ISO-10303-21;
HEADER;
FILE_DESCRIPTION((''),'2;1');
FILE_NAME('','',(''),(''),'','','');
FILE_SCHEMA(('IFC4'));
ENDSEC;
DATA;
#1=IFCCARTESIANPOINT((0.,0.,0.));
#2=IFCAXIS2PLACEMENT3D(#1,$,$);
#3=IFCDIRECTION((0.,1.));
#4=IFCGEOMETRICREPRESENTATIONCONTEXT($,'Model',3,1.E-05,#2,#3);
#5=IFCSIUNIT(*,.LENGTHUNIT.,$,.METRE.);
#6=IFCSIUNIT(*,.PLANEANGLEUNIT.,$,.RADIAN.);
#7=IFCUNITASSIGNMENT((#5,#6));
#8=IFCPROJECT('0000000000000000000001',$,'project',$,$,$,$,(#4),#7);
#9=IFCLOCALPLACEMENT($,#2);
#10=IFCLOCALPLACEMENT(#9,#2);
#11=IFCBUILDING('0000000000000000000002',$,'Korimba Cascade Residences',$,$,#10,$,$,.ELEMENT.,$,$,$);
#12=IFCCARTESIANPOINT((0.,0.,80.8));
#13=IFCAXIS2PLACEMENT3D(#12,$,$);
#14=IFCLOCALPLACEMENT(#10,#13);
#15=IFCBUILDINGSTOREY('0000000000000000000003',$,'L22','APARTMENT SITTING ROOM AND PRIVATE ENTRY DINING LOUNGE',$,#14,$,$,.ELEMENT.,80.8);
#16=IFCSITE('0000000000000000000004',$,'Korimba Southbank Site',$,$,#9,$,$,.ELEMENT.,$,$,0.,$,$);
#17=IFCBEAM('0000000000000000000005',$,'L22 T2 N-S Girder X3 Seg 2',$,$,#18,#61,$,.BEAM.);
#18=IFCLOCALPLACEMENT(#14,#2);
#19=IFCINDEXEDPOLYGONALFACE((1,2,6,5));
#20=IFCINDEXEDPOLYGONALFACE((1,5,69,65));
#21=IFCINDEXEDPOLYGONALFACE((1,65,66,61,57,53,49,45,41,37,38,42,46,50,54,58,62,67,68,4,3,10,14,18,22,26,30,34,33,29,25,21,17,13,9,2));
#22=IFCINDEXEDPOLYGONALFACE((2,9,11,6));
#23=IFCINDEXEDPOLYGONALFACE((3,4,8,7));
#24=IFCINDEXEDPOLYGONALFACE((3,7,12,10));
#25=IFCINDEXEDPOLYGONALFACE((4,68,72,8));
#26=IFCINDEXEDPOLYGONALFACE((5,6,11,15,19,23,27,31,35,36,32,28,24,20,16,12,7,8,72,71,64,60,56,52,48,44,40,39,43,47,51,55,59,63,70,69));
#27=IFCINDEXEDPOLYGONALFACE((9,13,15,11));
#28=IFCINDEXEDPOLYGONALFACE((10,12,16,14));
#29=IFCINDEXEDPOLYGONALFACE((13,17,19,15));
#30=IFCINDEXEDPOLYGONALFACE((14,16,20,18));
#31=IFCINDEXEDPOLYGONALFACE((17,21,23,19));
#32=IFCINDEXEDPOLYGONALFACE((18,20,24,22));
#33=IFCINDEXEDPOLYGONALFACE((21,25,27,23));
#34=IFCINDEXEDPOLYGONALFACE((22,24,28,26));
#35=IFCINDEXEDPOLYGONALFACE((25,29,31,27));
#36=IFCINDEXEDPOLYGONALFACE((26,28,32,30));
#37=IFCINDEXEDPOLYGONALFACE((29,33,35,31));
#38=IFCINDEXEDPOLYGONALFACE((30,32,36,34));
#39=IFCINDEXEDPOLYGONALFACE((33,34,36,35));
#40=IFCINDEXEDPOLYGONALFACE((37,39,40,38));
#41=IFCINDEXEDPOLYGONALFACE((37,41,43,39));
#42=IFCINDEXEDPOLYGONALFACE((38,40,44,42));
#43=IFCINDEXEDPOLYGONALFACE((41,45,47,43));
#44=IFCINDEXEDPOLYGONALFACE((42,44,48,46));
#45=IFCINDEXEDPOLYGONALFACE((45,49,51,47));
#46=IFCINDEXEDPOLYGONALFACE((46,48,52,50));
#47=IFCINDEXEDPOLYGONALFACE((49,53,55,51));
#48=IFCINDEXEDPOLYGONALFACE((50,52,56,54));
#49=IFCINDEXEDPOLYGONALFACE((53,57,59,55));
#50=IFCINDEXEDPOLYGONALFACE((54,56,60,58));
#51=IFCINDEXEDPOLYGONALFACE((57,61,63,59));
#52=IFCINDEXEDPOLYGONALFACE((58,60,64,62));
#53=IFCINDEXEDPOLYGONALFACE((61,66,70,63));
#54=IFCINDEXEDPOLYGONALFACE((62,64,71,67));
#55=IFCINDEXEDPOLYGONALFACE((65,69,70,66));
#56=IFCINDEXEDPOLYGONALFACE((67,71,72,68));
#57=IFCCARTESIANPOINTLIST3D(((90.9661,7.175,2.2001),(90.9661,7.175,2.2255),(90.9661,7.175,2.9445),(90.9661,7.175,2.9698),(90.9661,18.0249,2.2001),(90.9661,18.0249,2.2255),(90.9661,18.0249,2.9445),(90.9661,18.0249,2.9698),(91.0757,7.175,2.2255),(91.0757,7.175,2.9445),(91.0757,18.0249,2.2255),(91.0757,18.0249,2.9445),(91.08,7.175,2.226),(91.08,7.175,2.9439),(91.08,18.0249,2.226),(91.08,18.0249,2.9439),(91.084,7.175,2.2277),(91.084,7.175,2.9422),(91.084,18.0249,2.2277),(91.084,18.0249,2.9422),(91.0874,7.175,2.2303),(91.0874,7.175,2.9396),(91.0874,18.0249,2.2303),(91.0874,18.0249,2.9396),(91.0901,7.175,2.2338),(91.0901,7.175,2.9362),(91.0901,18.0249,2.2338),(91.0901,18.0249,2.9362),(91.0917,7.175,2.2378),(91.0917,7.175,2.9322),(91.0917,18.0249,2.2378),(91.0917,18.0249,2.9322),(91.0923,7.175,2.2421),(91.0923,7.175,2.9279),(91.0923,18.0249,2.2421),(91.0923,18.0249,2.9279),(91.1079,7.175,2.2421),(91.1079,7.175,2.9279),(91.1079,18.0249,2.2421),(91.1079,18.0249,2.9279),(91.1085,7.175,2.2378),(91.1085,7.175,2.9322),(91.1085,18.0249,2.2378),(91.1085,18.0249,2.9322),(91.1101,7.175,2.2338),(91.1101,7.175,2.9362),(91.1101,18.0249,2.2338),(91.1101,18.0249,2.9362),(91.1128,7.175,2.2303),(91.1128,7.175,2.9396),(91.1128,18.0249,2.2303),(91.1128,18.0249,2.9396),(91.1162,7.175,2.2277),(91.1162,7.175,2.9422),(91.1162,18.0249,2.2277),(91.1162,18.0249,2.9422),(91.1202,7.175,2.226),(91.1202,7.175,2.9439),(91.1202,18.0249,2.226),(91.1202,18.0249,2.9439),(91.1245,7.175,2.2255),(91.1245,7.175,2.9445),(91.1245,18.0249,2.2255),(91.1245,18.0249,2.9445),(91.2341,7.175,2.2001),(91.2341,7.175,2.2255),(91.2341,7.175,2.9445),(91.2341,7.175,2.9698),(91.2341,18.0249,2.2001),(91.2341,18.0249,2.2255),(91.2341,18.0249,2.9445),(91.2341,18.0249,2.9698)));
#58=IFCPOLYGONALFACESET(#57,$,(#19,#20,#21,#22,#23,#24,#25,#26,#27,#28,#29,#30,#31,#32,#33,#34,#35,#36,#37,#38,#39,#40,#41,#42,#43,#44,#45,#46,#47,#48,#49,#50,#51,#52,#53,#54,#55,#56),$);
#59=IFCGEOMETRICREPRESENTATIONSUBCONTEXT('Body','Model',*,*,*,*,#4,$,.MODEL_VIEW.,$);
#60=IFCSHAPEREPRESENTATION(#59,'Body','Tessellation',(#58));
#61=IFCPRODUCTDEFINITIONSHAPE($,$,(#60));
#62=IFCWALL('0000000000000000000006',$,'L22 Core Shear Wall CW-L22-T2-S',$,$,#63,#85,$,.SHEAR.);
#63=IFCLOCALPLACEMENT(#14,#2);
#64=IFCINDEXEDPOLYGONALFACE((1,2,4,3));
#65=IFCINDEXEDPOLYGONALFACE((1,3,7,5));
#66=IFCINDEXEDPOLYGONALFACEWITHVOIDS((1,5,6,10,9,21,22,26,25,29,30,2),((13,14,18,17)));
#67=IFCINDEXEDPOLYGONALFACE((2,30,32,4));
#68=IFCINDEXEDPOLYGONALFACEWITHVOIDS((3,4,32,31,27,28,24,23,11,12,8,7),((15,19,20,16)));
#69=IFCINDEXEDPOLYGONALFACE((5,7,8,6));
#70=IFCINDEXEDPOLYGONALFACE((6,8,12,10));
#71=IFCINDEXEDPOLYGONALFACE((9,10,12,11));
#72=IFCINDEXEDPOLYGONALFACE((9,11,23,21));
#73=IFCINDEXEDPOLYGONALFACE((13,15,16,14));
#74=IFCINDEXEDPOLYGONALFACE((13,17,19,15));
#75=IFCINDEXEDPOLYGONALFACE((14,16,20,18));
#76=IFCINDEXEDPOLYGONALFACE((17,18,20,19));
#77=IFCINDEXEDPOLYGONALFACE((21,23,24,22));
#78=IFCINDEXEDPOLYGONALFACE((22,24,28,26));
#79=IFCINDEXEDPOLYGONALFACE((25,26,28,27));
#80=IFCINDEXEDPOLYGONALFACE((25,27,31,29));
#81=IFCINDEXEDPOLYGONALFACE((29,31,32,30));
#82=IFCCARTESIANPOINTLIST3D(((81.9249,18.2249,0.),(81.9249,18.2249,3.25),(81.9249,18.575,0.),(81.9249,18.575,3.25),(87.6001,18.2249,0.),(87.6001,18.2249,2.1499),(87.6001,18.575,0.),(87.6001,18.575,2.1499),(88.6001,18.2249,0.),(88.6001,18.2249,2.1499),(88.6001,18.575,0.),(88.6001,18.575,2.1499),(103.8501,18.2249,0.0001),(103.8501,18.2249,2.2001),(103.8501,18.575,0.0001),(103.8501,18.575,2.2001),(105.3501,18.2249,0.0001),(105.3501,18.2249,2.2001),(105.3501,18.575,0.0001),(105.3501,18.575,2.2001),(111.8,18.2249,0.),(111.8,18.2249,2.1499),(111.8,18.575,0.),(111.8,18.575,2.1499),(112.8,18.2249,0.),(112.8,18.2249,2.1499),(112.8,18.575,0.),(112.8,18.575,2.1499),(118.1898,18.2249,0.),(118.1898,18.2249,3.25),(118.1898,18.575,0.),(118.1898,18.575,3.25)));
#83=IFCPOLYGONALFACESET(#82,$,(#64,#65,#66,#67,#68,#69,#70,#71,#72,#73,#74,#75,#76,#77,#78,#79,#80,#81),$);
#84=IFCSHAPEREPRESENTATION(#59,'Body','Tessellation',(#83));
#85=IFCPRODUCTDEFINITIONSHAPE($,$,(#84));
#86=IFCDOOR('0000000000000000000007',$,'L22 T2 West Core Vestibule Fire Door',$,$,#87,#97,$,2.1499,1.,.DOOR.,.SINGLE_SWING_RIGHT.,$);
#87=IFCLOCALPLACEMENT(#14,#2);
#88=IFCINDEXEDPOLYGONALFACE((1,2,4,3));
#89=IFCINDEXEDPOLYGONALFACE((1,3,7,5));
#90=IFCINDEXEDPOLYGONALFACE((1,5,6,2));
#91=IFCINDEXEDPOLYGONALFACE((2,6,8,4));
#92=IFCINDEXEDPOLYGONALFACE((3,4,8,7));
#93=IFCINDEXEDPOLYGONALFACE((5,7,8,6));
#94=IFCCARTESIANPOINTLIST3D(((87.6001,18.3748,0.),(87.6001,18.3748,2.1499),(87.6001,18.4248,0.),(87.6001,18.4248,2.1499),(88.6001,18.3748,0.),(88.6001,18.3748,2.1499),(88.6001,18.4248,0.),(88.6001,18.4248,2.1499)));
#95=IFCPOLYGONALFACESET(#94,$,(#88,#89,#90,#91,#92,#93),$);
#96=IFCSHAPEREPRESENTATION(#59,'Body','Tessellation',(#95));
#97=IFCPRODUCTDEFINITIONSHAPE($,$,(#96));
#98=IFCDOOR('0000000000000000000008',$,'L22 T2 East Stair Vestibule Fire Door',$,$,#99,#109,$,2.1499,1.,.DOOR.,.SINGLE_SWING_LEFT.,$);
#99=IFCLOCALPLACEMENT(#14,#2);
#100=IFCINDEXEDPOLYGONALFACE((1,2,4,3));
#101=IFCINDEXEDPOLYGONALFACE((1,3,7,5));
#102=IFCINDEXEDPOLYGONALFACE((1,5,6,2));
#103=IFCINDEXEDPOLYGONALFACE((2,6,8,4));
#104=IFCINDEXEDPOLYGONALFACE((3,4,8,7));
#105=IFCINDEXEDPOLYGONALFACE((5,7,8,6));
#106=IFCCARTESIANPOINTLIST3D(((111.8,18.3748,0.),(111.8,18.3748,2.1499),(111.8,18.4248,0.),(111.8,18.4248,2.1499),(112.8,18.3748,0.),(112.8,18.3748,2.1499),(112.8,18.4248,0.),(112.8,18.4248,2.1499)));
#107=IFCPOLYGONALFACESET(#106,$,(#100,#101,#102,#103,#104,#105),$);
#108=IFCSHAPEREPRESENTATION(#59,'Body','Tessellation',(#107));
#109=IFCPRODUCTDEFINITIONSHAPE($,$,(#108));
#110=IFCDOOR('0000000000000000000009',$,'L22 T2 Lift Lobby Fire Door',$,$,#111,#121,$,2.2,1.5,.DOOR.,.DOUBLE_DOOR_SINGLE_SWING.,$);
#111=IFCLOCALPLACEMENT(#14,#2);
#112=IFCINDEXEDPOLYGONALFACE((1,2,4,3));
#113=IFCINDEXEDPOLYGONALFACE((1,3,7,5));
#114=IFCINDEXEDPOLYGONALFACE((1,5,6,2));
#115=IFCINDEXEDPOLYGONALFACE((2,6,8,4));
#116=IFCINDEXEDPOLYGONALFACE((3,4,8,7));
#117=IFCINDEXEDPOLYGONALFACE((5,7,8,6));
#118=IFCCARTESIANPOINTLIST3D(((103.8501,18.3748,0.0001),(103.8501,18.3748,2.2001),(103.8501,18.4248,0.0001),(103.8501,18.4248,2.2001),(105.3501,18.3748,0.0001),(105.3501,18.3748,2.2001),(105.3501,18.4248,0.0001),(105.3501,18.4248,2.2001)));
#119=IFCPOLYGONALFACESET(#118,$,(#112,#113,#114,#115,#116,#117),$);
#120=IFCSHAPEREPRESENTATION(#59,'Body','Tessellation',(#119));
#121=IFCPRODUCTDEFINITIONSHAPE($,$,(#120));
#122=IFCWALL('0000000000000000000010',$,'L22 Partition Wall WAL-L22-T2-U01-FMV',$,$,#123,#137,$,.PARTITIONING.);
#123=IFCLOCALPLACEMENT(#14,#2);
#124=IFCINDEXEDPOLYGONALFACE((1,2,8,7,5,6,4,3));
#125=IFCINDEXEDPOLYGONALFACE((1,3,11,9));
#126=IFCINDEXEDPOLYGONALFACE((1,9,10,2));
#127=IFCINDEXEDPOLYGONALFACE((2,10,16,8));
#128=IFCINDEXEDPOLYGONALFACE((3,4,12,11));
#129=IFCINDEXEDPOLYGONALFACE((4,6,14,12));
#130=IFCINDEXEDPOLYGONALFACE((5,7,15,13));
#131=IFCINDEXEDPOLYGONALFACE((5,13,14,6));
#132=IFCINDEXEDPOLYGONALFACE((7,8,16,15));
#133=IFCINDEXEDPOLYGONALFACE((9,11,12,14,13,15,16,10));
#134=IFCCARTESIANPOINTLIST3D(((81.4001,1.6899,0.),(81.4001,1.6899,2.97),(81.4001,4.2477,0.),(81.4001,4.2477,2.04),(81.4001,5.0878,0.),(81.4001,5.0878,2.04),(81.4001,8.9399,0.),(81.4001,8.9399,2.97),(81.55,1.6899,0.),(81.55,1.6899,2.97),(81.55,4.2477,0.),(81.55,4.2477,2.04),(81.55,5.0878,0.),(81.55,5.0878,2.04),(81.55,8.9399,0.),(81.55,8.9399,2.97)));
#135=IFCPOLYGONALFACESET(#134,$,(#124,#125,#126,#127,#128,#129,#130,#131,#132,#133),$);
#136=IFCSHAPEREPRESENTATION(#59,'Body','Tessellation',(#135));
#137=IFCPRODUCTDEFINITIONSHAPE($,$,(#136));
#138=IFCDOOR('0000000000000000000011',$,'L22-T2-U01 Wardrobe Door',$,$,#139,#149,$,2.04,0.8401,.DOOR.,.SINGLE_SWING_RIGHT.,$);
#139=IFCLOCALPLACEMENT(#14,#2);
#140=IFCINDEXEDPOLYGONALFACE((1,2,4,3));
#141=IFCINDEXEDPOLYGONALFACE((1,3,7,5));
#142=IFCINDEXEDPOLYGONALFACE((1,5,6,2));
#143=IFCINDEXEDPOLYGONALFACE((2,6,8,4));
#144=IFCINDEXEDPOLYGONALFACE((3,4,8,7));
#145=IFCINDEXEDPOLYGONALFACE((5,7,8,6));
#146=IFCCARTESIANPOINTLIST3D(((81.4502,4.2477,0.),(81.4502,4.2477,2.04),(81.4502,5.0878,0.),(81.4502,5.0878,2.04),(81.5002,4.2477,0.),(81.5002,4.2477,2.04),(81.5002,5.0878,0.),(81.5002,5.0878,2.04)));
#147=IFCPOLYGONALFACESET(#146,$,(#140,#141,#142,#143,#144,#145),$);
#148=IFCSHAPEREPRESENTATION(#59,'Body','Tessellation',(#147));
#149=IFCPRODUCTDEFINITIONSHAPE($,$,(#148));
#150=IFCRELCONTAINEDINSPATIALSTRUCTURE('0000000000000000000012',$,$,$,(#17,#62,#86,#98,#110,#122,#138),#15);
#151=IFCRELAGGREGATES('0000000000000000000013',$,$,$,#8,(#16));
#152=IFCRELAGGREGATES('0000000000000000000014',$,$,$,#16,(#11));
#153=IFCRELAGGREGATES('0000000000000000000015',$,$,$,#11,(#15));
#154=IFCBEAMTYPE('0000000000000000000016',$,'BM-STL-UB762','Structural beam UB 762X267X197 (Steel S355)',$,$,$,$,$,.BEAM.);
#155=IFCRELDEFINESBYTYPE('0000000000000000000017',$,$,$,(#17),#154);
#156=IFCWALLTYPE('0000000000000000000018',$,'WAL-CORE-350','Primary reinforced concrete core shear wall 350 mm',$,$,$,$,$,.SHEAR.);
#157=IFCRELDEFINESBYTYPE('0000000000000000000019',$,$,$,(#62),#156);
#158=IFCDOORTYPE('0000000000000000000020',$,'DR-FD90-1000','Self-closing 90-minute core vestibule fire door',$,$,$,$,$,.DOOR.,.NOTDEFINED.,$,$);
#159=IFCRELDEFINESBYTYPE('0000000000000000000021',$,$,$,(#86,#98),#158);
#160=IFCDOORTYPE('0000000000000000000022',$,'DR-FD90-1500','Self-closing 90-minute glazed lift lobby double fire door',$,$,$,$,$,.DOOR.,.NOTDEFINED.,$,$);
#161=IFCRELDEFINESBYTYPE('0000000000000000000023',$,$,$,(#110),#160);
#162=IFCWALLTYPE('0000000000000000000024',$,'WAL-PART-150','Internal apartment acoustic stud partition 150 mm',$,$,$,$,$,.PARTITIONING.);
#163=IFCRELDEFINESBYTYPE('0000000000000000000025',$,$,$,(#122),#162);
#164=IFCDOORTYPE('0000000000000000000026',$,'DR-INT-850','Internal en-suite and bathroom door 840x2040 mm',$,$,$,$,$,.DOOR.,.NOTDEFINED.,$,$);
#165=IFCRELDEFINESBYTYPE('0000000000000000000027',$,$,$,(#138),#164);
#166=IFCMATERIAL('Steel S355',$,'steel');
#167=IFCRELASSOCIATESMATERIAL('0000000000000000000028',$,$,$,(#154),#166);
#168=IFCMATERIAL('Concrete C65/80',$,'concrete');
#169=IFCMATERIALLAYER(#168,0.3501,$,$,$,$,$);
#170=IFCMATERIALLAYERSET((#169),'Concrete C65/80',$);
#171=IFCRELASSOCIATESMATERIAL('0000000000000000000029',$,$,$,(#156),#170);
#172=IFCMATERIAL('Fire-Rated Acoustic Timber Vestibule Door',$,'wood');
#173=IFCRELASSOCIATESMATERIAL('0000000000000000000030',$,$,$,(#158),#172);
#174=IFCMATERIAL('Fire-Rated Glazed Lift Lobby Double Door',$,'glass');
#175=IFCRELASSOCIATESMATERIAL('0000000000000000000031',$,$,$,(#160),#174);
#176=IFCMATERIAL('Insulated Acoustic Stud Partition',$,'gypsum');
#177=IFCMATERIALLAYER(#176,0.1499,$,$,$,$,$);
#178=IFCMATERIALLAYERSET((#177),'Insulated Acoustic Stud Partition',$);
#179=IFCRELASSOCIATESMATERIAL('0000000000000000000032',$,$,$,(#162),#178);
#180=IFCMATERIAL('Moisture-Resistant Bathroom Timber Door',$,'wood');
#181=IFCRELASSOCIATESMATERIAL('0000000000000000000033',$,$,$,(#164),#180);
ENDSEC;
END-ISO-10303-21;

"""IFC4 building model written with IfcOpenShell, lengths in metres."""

from ifc_helpers import new_model, si_unit, direction, frame, frame_2d, origin, origin_2d, place, context, subcontext, project, spatial, rectangle, i_section, extrude, material, layer, layer_set, material_profile, profile_set, type_object, element, fill, save


model = new_model("IFC4")

# Units and contexts
model_context = context("Model", 3, precision=1e-05, world=origin(), true_north=direction((0.0, 1.0)))
body_context = subcontext(model_context, "Body", "Model", "MODEL_VIEW")
ifc_project = project(units=[si_unit("LENGTHUNIT", "METRE"), si_unit("PLANEANGLEUNIT", "RADIAN")], contexts=[model_context])

# Site, building, storey
site_placement = place(None, origin())
site = spatial("IfcSite", under=ifc_project, at=site_placement, Name="Korimba Southbank Site", CompositionType="ELEMENT", RefElevation=0.0)
building_placement = place(site_placement, origin())
building = spatial("IfcBuilding", under=site, at=building_placement, Name="Korimba Cascade Residences", CompositionType="ELEMENT")
storey_placement = place(building_placement, frame((0.0, 0.0, 80.8)))
storey = spatial("IfcBuildingStorey", under=building, at=storey_placement, Name="L22", Description="APARTMENT SITTING ROOM AND PRIVATE ENTRY DINING LOUNGE", CompositionType="ELEMENT", Elevation=80.8)

# Shared definitions
ifc_material_1 = material(Name="Concrete C65/80", Category="concrete")

# Beam
ifc_material_2 = material(Name="Steel S355", Category="steel")
ifc_material_profile_1 = material_profile(ifc_material_2, i_section(OverallWidth=0.2681, OverallDepth=0.7698, WebThickness=0.0156, FlangeThickness=0.0254, FilletRadius=0.0166, at=origin_2d()), Name="Steel S355")
ifc_profile_set_1 = profile_set([ifc_material_profile_1], Name="Steel S355")
beam_type_1 = type_object("IfcBeamType", Name="BM-STL-UB762", Description="Structural beam UB 762X267X197 (Steel S355)", PredefinedType="BEAM", material=ifc_profile_set_1)
for number, where, z_axis, x_axis, name in (
    (1, (91.1001, 7.175, 2.585), (0.0, 1.0, 0.0), (-1.0, 0.0, 0.0), "L22 T2 N-S Girder X3 Seg 2"),
):
    element("IfcBeam", number, at=place(storey_placement, frame(where, z_axis=z_axis, x_axis=x_axis)), inside=storey, type_object=beam_type_1, Name=name, PredefinedType="BEAM", context=body_context, shape_type="SweptSolid", body=[
        extrude(i_section(OverallWidth=0.2681, OverallDepth=0.7698, WebThickness=0.0156, FlangeThickness=0.0254, FilletRadius=0.0166, at=origin_2d()), origin(), (0.0, 0.0, 1.0), 10.8499),
    ])

# Wall, openings, doors
ifc_layer_1 = layer(ifc_material_1, 0.3501)
ifc_layer_set_1 = layer_set([ifc_layer_1], Name="Concrete C65/80")
wall_type_1 = type_object("IfcWallType", Name="WAL-CORE-350", Description="Primary reinforced concrete core shear wall 350 mm", PredefinedType="SHEAR", material=ifc_layer_set_1)
wall_1_placement = place(storey_placement, frame((81.925, 18.3999, 0.0), z_axis=(0.0, 0.0, 1.0), x_axis=(1.0, 0.0, 0.0)))
wall_1 = element("IfcWall", 2, at=wall_1_placement, inside=storey, type_object=wall_type_1, Name="L22 Core Shear Wall CW-L22-T2-S", PredefinedType="SHEAR", context=body_context, shape_type="SweptSolid", body=[
    extrude(rectangle(XDim=36.2649, YDim=0.3501, at=frame_2d((18.1323, 0.0))), origin(), (0.0, 0.0, 1.0), 3.25),
])
opening_1_placement = place(wall_1_placement, frame((5.675, 0.0, 0.0)))
opening_1 = element("IfcOpeningElement", 3, at=opening_1_placement, cuts=wall_1, PredefinedType="OPENING", context=body_context, shape_type="SweptSolid", body=[
    extrude(rectangle(XDim=1.0, YDim=2.1499, at=frame_2d((0.5, 1.075))), frame((0.0, 0.1851, 0.0), z_axis=(0.0, -1.0, 0.0), x_axis=(1.0, 0.0, 0.0)), (0.0, 0.0, 1.0), 0.3701),
])
opening_2_placement = place(wall_1_placement, frame((21.925, 0.0, 0.0)))
opening_2 = element("IfcOpeningElement", 4, at=opening_2_placement, cuts=wall_1, PredefinedType="OPENING", context=body_context, shape_type="SweptSolid", body=[
    extrude(rectangle(XDim=1.5, YDim=2.2, at=frame_2d((0.75, 1.1001))), frame((0.0, 0.1851, 0.0), z_axis=(0.0, -1.0, 0.0), x_axis=(1.0, 0.0, 0.0)), (0.0, 0.0, 1.0), 0.3701),
])
opening_3_placement = place(wall_1_placement, frame((29.875, 0.0, 0.0)))
opening_3 = element("IfcOpeningElement", 5, at=opening_3_placement, cuts=wall_1, PredefinedType="OPENING", context=body_context, shape_type="SweptSolid", body=[
    extrude(rectangle(XDim=1.0, YDim=2.1499, at=frame_2d((0.5, 1.075))), frame((0.0, 0.1851, 0.0), z_axis=(0.0, -1.0, 0.0), x_axis=(1.0, 0.0, 0.0)), (0.0, 0.0, 1.0), 0.3701),
])
ifc_material_3 = material(Name="Fire-Rated Acoustic Timber Vestibule Door", Category="wood")
door_type_1 = type_object("IfcDoorType", Name="DR-FD90-1000", Description="Self-closing 90-minute core vestibule fire door", OperationType="NOTDEFINED", PredefinedType="DOOR", material=ifc_material_3)
door_1_placement = place(opening_1_placement, origin())
door_1 = element("IfcDoor", 6, at=door_1_placement, inside=storey, type_object=door_type_1, Name="L22 T2 West Core Vestibule Fire Door", OperationType="SINGLE_SWING_RIGHT", OverallHeight=2.1499, OverallWidth=1.0, PredefinedType="DOOR", context=body_context, shape_type="SweptSolid", body=[
    extrude(rectangle(XDim=1.0, YDim=2.1499, at=frame_2d((0.5, 1.075))), frame((0.0, 0.0249, 0.0), z_axis=(0.0, -1.0, 0.0), x_axis=(1.0, 0.0, 0.0)), (0.0, 0.0, 1.0), 0.05),
])
fill(opening_1, door_1)
door_2_placement = place(opening_3_placement, origin())
door_2 = element("IfcDoor", 7, at=door_2_placement, inside=storey, type_object=door_type_1, Name="L22 T2 East Stair Vestibule Fire Door", OperationType="SINGLE_SWING_LEFT", OverallHeight=2.1499, OverallWidth=1.0, PredefinedType="DOOR", context=body_context, shape_type="SweptSolid", body=[
    extrude(rectangle(XDim=1.0, YDim=2.1499, at=frame_2d((0.5, 1.075))), frame((0.0, 0.0249, 0.0), z_axis=(0.0, -1.0, 0.0), x_axis=(1.0, 0.0, 0.0)), (0.0, 0.0, 1.0), 0.05),
])
fill(opening_3, door_2)
ifc_material_4 = material(Name="Fire-Rated Glazed Lift Lobby Double Door", Category="glass")
door_type_2 = type_object("IfcDoorType", Name="DR-FD90-1500", Description="Self-closing 90-minute glazed lift lobby double fire door", OperationType="NOTDEFINED", PredefinedType="DOOR", material=ifc_material_4)
door_3_placement = place(opening_2_placement, origin())
door_3 = element("IfcDoor", 8, at=door_3_placement, inside=storey, type_object=door_type_2, Name="L22 T2 Lift Lobby Fire Door", OperationType="DOUBLE_DOOR_SINGLE_SWING", OverallHeight=2.2, OverallWidth=1.5, PredefinedType="DOOR", context=body_context, shape_type="SweptSolid", body=[
    extrude(rectangle(XDim=1.5, YDim=2.2, at=frame_2d((0.75, 1.1001))), frame((0.0, 0.0249, 0.0), z_axis=(0.0, -1.0, 0.0), x_axis=(1.0, 0.0, 0.0)), (0.0, 0.0, 1.0), 0.05),
])
fill(opening_2, door_3)

# Wall, opening, door
ifc_material_5 = material(Name="Insulated Acoustic Stud Partition", Category="gypsum")
ifc_layer_2 = layer(ifc_material_5, 0.1499)
ifc_layer_set_2 = layer_set([ifc_layer_2], Name="Insulated Acoustic Stud Partition")
wall_type_2 = type_object("IfcWallType", Name="WAL-PART-150", Description="Internal apartment acoustic stud partition 150 mm", PredefinedType="PARTITIONING", material=ifc_layer_set_2)
wall_2_placement = place(storey_placement, frame((81.4751, 1.6899, 0.0), z_axis=(0.0, 0.0, 1.0), x_axis=(0.0, 1.0, 0.0)))
wall_2 = element("IfcWall", 9, at=wall_2_placement, inside=storey, type_object=wall_type_2, Name="L22 Partition Wall WAL-L22-T2-U01-FMV", PredefinedType="PARTITIONING", context=body_context, shape_type="SweptSolid", body=[
    extrude(rectangle(XDim=7.25, YDim=0.1499, at=frame_2d((3.625, 0.0))), origin(), (0.0, 0.0, 1.0), 2.97),
])
opening_4_placement = place(wall_2_placement, frame((2.5579, 0.0, 0.0)))
opening_4 = element("IfcOpeningElement", 10, at=opening_4_placement, cuts=wall_2, PredefinedType="OPENING", context=body_context, shape_type="SweptSolid", body=[
    extrude(rectangle(XDim=0.8401, YDim=2.04, at=frame_2d((0.4199, 1.02))), frame((0.0, 0.085, 0.0), z_axis=(0.0, -1.0, 0.0), x_axis=(1.0, 0.0, 0.0)), (0.0, 0.0, 1.0), 0.1699),
])
ifc_material_6 = material(Name="Moisture-Resistant Bathroom Timber Door", Category="wood")
door_type_3 = type_object("IfcDoorType", Name="DR-INT-850", Description="Internal en-suite and bathroom door 840x2040 mm", OperationType="NOTDEFINED", PredefinedType="DOOR", material=ifc_material_6)
door_4_placement = place(opening_4_placement, origin())
door_4 = element("IfcDoor", 11, at=door_4_placement, inside=storey, type_object=door_type_3, Name="L22-T2-U01 Wardrobe Door", OperationType="SINGLE_SWING_RIGHT", OverallHeight=2.04, OverallWidth=0.8401, PredefinedType="DOOR", context=body_context, shape_type="SweptSolid", body=[
    extrude(rectangle(XDim=0.8401, YDim=2.04, at=frame_2d((0.4199, 1.02))), frame((0.0, 0.0249, 0.0), z_axis=(0.0, -1.0, 0.0), x_axis=(1.0, 0.0, 0.0)), (0.0, 0.0, 1.0), 0.05),
])
fill(opening_4, door_4)

save(model, "model.ifc")
